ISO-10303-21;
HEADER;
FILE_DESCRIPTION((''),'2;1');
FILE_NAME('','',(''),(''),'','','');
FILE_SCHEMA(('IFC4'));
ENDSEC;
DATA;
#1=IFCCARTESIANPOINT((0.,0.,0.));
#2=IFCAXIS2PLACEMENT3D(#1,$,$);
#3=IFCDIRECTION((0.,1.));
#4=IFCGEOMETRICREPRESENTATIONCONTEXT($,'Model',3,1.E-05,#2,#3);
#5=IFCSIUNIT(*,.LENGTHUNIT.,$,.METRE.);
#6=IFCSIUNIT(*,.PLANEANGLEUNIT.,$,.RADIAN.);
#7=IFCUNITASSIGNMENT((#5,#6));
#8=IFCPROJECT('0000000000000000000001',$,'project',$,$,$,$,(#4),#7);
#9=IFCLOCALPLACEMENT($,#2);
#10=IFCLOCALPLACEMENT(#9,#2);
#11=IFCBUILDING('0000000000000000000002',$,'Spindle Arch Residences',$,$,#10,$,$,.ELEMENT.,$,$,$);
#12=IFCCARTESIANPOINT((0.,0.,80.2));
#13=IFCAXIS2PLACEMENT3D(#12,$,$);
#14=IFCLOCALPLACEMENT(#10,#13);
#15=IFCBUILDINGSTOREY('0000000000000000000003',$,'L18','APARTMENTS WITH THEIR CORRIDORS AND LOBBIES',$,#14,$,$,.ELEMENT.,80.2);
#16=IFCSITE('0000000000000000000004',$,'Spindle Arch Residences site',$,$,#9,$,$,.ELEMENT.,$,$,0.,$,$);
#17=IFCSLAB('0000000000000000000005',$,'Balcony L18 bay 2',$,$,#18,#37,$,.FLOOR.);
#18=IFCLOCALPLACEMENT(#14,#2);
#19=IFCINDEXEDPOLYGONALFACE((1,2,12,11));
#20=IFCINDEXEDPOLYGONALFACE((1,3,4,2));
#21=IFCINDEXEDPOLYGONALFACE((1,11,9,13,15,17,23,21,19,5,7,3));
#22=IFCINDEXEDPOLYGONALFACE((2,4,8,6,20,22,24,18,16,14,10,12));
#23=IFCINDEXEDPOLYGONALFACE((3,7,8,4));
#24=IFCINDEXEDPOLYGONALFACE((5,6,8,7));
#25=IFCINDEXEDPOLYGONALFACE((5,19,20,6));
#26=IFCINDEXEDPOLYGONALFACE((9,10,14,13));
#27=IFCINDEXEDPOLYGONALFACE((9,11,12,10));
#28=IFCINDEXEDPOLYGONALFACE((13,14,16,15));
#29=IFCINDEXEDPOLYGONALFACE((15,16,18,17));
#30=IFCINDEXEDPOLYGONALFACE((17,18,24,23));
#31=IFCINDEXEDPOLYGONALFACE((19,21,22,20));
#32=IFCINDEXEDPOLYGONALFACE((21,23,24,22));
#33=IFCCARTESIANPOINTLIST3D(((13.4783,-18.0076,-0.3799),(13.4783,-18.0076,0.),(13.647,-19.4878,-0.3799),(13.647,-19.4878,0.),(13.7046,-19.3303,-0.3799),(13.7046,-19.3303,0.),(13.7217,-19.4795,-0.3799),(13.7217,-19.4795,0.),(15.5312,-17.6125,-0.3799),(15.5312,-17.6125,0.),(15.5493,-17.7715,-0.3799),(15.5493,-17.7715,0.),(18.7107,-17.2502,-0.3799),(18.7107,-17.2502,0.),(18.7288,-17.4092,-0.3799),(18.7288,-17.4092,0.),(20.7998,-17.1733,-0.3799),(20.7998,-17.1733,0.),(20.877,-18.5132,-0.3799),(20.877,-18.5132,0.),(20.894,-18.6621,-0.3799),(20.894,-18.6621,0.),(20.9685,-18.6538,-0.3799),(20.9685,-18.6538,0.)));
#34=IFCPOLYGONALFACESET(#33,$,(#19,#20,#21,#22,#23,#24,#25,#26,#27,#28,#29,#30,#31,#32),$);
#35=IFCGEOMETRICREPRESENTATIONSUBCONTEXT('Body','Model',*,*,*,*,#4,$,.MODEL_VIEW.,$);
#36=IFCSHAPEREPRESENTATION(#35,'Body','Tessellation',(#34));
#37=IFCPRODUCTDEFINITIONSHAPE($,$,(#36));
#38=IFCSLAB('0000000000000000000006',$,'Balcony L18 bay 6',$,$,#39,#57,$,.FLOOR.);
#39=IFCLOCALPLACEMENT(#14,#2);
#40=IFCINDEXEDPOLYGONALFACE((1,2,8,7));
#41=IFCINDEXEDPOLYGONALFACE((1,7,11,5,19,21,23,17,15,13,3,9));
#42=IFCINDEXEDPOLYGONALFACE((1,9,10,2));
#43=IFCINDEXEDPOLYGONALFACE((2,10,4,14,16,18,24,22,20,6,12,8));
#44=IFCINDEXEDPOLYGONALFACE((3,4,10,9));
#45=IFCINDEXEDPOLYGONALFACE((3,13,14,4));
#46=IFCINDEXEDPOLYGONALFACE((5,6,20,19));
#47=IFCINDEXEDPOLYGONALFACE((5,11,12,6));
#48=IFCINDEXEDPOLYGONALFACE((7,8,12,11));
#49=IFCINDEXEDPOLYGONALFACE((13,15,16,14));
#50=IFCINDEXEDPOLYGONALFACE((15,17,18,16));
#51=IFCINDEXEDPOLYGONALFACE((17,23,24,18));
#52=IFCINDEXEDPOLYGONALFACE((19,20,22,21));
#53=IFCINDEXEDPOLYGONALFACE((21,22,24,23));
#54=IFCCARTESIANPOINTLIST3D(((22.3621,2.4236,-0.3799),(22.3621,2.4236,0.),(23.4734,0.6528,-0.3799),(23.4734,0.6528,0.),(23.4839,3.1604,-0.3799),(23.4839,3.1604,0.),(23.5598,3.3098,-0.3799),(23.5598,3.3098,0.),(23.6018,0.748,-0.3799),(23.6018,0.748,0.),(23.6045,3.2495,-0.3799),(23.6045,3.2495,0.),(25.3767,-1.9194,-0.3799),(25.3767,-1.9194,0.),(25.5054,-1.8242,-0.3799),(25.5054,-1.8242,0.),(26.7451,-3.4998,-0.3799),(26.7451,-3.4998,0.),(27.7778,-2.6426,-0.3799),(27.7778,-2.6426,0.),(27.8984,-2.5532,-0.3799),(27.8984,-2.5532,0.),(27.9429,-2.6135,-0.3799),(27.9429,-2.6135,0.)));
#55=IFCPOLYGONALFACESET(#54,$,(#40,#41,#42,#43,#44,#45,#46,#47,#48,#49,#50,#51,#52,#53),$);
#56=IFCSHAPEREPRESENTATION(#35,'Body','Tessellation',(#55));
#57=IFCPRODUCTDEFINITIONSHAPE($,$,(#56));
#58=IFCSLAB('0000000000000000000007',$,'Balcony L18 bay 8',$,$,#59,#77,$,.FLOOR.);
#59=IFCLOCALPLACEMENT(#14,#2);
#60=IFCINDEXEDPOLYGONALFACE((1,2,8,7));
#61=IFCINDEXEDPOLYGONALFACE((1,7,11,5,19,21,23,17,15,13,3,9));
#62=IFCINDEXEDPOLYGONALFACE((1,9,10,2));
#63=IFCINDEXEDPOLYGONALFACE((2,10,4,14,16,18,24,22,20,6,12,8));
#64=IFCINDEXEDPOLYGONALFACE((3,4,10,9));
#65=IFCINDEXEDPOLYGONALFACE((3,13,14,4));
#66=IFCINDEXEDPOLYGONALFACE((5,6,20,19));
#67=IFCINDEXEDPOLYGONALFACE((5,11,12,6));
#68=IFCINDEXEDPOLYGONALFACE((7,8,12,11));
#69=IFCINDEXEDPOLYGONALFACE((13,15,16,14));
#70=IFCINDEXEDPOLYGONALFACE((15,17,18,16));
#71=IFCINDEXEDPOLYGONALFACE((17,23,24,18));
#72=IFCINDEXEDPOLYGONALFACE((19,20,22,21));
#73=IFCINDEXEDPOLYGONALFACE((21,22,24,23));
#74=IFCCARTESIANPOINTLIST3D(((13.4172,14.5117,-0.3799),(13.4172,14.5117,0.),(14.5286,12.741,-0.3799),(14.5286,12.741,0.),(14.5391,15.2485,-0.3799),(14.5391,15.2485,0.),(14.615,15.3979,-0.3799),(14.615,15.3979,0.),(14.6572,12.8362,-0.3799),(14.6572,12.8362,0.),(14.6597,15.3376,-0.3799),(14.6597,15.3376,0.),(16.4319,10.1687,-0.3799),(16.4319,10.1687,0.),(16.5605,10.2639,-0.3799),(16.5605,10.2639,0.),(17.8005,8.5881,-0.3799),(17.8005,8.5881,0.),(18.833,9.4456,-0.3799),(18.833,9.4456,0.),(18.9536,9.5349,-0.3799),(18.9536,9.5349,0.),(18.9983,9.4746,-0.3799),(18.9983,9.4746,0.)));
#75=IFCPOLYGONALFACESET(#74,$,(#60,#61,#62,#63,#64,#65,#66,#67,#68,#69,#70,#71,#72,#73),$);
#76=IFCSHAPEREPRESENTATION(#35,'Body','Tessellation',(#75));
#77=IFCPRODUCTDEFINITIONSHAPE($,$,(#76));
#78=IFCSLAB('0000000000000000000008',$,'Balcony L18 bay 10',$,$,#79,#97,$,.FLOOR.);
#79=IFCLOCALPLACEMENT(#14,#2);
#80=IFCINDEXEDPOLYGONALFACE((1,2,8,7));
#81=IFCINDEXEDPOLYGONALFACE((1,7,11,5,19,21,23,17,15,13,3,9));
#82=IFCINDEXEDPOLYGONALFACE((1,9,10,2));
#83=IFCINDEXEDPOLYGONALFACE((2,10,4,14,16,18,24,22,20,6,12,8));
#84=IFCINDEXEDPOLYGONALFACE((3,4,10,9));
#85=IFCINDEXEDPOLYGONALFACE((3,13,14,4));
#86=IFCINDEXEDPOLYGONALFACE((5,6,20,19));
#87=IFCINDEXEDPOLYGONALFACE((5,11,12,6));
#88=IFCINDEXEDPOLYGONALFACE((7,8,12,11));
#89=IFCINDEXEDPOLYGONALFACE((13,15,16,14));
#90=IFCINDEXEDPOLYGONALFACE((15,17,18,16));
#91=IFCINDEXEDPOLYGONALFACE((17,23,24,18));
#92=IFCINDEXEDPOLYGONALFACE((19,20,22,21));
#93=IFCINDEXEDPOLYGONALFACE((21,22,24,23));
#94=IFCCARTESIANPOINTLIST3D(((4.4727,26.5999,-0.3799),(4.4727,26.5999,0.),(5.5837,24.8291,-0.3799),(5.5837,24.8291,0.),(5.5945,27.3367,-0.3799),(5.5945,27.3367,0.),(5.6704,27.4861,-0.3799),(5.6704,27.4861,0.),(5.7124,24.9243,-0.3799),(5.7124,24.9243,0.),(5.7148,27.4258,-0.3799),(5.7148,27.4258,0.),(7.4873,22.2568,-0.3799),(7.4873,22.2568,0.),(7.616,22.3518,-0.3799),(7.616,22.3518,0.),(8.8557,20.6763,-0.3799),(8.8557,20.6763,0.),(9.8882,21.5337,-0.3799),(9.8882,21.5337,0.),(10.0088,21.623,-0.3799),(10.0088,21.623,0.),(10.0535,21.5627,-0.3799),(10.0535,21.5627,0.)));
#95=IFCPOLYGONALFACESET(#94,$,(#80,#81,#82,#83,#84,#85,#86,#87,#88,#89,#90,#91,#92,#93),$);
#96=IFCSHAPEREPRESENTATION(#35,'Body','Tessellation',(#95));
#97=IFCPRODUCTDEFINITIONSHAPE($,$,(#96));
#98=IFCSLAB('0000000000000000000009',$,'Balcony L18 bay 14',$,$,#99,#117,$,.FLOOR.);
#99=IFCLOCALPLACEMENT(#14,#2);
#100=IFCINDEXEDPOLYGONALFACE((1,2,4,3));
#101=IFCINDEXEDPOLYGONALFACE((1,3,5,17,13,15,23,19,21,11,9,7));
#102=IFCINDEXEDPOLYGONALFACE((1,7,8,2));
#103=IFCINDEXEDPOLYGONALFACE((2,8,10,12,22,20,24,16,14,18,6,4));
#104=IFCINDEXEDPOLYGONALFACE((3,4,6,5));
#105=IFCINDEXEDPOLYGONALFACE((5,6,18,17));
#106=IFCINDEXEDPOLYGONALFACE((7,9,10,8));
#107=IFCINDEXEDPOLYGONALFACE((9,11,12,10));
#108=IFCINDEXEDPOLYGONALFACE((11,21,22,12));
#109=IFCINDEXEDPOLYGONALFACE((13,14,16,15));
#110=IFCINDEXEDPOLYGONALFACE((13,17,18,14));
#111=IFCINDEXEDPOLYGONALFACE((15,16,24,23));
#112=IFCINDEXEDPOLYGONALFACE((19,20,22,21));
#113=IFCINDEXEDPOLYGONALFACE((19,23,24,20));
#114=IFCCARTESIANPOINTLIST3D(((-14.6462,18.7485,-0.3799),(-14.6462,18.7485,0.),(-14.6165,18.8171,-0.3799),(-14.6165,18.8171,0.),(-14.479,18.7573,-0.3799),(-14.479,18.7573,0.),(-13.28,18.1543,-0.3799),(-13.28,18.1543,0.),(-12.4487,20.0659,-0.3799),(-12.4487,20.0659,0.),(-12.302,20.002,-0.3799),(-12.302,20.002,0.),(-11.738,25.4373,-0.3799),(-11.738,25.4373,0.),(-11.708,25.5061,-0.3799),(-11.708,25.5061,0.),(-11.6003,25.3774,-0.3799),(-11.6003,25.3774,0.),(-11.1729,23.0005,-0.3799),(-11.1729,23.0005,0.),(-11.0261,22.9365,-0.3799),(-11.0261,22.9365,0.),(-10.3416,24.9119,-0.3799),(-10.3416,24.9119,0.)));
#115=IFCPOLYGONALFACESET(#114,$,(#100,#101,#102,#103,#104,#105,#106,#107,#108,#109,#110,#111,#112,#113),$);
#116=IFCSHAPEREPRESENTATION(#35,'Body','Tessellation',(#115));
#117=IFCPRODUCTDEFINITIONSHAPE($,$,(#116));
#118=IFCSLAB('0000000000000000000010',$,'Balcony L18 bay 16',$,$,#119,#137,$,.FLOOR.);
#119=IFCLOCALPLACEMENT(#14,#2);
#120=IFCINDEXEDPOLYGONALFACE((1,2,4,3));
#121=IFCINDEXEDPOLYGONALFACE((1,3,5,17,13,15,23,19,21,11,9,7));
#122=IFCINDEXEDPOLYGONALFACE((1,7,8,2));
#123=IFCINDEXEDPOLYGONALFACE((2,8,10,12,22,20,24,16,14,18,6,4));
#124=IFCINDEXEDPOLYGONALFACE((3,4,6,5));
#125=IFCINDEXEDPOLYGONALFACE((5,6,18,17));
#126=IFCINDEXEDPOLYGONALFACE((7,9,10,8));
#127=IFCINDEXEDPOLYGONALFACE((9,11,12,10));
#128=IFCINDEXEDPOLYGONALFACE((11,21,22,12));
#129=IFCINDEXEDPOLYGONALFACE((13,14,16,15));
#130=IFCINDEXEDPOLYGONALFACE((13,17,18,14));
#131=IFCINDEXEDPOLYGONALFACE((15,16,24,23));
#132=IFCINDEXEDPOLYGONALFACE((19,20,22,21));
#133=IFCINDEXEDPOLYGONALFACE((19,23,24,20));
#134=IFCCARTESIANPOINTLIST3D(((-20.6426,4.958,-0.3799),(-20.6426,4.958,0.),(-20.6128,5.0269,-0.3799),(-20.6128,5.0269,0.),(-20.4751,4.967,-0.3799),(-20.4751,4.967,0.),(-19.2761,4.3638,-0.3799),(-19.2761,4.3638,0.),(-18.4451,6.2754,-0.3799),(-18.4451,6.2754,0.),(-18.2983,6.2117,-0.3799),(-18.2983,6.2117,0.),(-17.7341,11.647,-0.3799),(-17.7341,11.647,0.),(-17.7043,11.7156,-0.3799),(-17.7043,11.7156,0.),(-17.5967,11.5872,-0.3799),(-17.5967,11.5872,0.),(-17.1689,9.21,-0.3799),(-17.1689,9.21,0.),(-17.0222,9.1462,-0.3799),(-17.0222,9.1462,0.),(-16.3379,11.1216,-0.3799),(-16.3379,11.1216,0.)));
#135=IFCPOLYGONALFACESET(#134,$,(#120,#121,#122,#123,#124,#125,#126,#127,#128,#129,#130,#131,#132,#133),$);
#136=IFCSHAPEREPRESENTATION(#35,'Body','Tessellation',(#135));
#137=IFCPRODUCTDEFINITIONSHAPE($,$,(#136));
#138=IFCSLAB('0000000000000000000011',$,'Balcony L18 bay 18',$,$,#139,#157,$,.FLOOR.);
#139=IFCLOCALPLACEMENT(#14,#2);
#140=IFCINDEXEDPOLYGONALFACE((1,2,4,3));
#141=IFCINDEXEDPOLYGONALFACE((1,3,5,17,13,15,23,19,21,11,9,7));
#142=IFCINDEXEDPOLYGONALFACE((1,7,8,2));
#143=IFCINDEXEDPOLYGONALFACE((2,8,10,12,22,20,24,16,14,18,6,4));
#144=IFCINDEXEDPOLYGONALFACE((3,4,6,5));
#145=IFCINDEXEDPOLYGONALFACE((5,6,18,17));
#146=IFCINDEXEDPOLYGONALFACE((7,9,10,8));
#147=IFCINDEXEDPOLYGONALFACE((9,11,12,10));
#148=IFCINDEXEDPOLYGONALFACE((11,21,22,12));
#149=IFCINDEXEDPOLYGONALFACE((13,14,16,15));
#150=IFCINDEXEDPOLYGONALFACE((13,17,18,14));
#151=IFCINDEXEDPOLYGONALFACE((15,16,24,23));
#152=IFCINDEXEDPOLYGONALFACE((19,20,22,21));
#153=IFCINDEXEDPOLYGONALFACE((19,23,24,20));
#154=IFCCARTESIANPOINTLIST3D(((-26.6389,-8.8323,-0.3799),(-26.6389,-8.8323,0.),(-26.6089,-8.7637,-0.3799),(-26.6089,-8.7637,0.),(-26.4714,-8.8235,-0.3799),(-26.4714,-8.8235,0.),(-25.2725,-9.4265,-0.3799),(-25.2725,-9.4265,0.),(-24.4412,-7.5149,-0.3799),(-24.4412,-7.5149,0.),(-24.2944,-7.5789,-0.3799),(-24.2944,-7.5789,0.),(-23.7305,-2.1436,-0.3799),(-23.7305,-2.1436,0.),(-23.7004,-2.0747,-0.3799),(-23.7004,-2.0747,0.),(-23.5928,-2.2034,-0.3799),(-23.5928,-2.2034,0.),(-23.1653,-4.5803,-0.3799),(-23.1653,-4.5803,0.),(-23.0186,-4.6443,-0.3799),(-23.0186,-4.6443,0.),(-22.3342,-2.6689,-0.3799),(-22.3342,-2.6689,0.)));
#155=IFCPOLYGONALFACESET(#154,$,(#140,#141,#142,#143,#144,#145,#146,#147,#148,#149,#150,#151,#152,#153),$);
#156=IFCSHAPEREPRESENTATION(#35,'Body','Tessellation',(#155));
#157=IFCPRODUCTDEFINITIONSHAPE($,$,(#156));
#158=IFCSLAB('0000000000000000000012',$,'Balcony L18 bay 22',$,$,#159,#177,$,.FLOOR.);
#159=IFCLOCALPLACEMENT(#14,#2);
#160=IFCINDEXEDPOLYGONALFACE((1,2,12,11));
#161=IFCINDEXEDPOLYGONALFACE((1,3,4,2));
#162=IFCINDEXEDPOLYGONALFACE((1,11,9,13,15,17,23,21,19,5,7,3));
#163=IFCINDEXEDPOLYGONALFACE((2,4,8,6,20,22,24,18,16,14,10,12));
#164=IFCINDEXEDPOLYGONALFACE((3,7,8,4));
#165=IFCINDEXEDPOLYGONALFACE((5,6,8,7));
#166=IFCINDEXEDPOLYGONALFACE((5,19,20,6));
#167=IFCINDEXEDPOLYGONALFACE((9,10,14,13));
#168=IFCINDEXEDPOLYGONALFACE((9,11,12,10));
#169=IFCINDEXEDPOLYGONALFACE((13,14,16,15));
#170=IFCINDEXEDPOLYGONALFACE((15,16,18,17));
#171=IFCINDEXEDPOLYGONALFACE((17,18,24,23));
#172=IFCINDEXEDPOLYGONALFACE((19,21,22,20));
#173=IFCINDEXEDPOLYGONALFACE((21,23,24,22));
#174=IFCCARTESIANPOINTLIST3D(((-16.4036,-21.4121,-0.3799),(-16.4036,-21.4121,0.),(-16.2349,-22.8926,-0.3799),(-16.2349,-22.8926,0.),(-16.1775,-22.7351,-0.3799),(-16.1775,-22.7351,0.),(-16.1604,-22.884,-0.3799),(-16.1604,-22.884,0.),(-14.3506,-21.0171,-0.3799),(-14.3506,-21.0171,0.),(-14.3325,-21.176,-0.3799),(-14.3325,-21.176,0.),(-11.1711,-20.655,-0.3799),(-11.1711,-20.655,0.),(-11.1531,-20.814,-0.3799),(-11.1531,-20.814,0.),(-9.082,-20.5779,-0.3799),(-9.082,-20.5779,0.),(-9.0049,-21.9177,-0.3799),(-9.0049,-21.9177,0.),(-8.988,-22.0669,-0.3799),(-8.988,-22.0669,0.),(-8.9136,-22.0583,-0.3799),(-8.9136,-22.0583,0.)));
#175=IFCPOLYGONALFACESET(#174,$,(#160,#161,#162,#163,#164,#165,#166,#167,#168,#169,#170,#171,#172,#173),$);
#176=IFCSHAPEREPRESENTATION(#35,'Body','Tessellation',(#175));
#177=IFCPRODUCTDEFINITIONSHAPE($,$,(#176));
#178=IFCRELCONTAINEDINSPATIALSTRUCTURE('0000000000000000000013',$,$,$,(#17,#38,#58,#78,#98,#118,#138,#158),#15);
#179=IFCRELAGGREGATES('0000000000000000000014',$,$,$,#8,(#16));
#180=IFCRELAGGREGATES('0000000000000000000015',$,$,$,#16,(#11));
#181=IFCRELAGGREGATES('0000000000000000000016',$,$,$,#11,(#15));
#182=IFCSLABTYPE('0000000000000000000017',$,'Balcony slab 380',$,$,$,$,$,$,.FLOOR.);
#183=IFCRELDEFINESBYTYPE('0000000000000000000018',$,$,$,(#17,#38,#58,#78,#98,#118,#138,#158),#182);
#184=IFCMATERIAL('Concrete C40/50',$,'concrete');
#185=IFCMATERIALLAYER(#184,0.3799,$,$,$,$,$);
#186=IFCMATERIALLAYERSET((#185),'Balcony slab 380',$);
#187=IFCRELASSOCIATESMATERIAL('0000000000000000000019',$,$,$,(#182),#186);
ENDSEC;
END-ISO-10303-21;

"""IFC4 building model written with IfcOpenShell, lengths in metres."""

from ifc_helpers import new_model, si_unit, direction, frame, origin, place, context, subcontext, project, spatial, polyline, outline, extrude, material, layer, layer_set, type_object, element, save


model = new_model("IFC4")

# Units and contexts
model_context = context("Model", 3, precision=1e-05, world=origin(), true_north=direction((0.0, 1.0)))
body_context = subcontext(model_context, "Body", "Model", "MODEL_VIEW")
ifc_project = project(units=[si_unit("LENGTHUNIT", "METRE"), si_unit("PLANEANGLEUNIT", "RADIAN")], contexts=[model_context])

# Site, building, storey
site_placement = place(None, origin())
site = spatial("IfcSite", under=ifc_project, at=site_placement, Name="Spindle Arch Residences site", CompositionType="ELEMENT", RefElevation=0.0)
building_placement = place(site_placement, origin())
building = spatial("IfcBuilding", under=site, at=building_placement, Name="Spindle Arch Residences", CompositionType="ELEMENT")
storey_placement = place(building_placement, frame((0.0, 0.0, 80.2)))
storey = spatial("IfcBuildingStorey", under=building, at=storey_placement, Name="L18", Description="APARTMENTS WITH THEIR CORRIDORS AND LOBBIES", CompositionType="ELEMENT", Elevation=80.2)

# Slabs
ifc_material_1 = material(Name="Concrete C40/50", Category="concrete")
ifc_layer_1 = layer(ifc_material_1, 0.3799)
ifc_layer_set_1 = layer_set([ifc_layer_1], Name="Balcony slab 380")
slab_type_1 = type_object("IfcSlabType", Name="Balcony slab 380", PredefinedType="FLOOR", material=ifc_layer_set_1)
slab_1_placement = place(storey_placement, frame((0.0, 0.0, -0.3799)))
element("IfcSlab", 1, at=slab_1_placement, inside=storey, type_object=slab_type_1, Name="Balcony L18 bay 2", PredefinedType="FLOOR", context=body_context, shape_type="SweptSolid", body=[
    extrude(outline(polyline([(13.647, -19.4878), (13.7217, -19.4795), (13.7046, -19.3303), (20.877, -18.5132), (20.894, -18.6621), (20.9685, -18.6538), (20.7998, -17.1733), (18.7288, -17.4092), (18.7107, -17.2502), (15.5312, -17.6125), (15.5493, -17.7715), (13.4783, -18.0076), (13.647, -19.4878)])), origin(), (0.0, 0.0, 1.0), 0.3799),
])
slab_2_placement = place(storey_placement, frame((0.0, 0.0, -0.3799)))
element("IfcSlab", 2, at=slab_2_placement, inside=storey, type_object=slab_type_1, Name="Balcony L18 bay 6", PredefinedType="FLOOR", context=body_context, shape_type="SweptSolid", body=[
    extrude(outline(polyline([(27.9429, -2.6135), (27.8984, -2.5532), (27.7778, -2.6426), (23.4839, 3.1604), (23.6045, 3.2495), (23.5598, 3.3098), (22.3621, 2.4236), (23.6018, 0.748), (23.4734, 0.6528), (25.3767, -1.9194), (25.5054, -1.8242), (26.7451, -3.4998), (27.9429, -2.6135)])), origin(), (0.0, 0.0, 1.0), 0.3799),
])
slab_3_placement = place(storey_placement, frame((0.0, 0.0, -0.3799)))
element("IfcSlab", 3, at=slab_3_placement, inside=storey, type_object=slab_type_1, Name="Balcony L18 bay 8", PredefinedType="FLOOR", context=body_context, shape_type="SweptSolid", body=[
    extrude(outline(polyline([(18.9983, 9.4746), (18.9536, 9.5349), (18.833, 9.4456), (14.5391, 15.2485), (14.6597, 15.3376), (14.615, 15.3979), (13.4172, 14.5117), (14.6572, 12.8362), (14.5286, 12.741), (16.4319, 10.1687), (16.5605, 10.2639), (17.8005, 8.5881), (18.9983, 9.4746)])), origin(), (0.0, 0.0, 1.0), 0.3799),
])
slab_4_placement = place(storey_placement, frame((0.0, 0.0, -0.3799)))
element("IfcSlab", 4, at=slab_4_placement, inside=storey, type_object=slab_type_1, Name="Balcony L18 bay 10", PredefinedType="FLOOR", context=body_context, shape_type="SweptSolid", body=[
    extrude(outline(polyline([(10.0535, 21.5627), (10.0088, 21.623), (9.8882, 21.5337), (5.5945, 27.3367), (5.7148, 27.4258), (5.6704, 27.4861), (4.4727, 26.5999), (5.7124, 24.9243), (5.5837, 24.8291), (7.4873, 22.2568), (7.616, 22.3518), (8.8557, 20.6763), (10.0535, 21.5627)])), origin(), (0.0, 0.0, 1.0), 0.3799),
])
slab_5_placement = place(storey_placement, frame((0.0, 0.0, -0.3799)))
element("IfcSlab", 5, at=slab_5_placement, inside=storey, type_object=slab_type_1, Name="Balcony L18 bay 14", PredefinedType="FLOOR", context=body_context, shape_type="SweptSolid", body=[
    extrude(outline(polyline([(-11.708, 25.5061), (-11.738, 25.4373), (-11.6003, 25.3774), (-14.479, 18.7573), (-14.6165, 18.8171), (-14.6462, 18.7485), (-13.28, 18.1543), (-12.4487, 20.0659), (-12.302, 20.002), (-11.0261, 22.9365), (-11.1729, 23.0005), (-10.3416, 24.9119), (-11.708, 25.5061)])), origin(), (0.0, 0.0, 1.0), 0.3799),
])
slab_6_placement = place(storey_placement, frame((0.0, 0.0, -0.3799)))
element("IfcSlab", 6, at=slab_6_placement, inside=storey, type_object=slab_type_1, Name="Balcony L18 bay 16", PredefinedType="FLOOR", context=body_context, shape_type="SweptSolid", body=[
    extrude(outline(polyline([(-17.7043, 11.7156), (-17.7341, 11.647), (-17.5967, 11.5872), (-20.4751, 4.967), (-20.6128, 5.0269), (-20.6426, 4.958), (-19.2761, 4.3638), (-18.4451, 6.2754), (-18.2983, 6.2117), (-17.0222, 9.1462), (-17.1689, 9.21), (-16.3379, 11.1216), (-17.7043, 11.7156)])), origin(), (0.0, 0.0, 1.0), 0.3799),
])
slab_7_placement = place(storey_placement, frame((0.0, 0.0, -0.3799)))
element("IfcSlab", 7, at=slab_7_placement, inside=storey, type_object=slab_type_1, Name="Balcony L18 bay 18", PredefinedType="FLOOR", context=body_context, shape_type="SweptSolid", body=[
    extrude(outline(polyline([(-23.7004, -2.0747), (-23.7305, -2.1436), (-23.5928, -2.2034), (-26.4714, -8.8235), (-26.6089, -8.7637), (-26.6389, -8.8323), (-25.2725, -9.4265), (-24.4412, -7.5149), (-24.2944, -7.5789), (-23.0186, -4.6443), (-23.1653, -4.5803), (-22.3342, -2.6689), (-23.7004, -2.0747)])), origin(), (0.0, 0.0, 1.0), 0.3799),
])
slab_8_placement = place(storey_placement, frame((0.0, 0.0, -0.3799)))
element("IfcSlab", 8, at=slab_8_placement, inside=storey, type_object=slab_type_1, Name="Balcony L18 bay 22", PredefinedType="FLOOR", context=body_context, shape_type="SweptSolid", body=[
    extrude(outline(polyline([(-16.2349, -22.8926), (-16.1604, -22.884), (-16.1775, -22.7351), (-9.0049, -21.9177), (-8.988, -22.0669), (-8.9136, -22.0583), (-9.082, -20.5779), (-11.1531, -20.814), (-11.1711, -20.655), (-14.3506, -21.0171), (-14.3325, -21.176), (-16.4036, -21.4121), (-16.2349, -22.8926)])), origin(), (0.0, 0.0, 1.0), 0.3799),
])

save(model, "model.ifc")
